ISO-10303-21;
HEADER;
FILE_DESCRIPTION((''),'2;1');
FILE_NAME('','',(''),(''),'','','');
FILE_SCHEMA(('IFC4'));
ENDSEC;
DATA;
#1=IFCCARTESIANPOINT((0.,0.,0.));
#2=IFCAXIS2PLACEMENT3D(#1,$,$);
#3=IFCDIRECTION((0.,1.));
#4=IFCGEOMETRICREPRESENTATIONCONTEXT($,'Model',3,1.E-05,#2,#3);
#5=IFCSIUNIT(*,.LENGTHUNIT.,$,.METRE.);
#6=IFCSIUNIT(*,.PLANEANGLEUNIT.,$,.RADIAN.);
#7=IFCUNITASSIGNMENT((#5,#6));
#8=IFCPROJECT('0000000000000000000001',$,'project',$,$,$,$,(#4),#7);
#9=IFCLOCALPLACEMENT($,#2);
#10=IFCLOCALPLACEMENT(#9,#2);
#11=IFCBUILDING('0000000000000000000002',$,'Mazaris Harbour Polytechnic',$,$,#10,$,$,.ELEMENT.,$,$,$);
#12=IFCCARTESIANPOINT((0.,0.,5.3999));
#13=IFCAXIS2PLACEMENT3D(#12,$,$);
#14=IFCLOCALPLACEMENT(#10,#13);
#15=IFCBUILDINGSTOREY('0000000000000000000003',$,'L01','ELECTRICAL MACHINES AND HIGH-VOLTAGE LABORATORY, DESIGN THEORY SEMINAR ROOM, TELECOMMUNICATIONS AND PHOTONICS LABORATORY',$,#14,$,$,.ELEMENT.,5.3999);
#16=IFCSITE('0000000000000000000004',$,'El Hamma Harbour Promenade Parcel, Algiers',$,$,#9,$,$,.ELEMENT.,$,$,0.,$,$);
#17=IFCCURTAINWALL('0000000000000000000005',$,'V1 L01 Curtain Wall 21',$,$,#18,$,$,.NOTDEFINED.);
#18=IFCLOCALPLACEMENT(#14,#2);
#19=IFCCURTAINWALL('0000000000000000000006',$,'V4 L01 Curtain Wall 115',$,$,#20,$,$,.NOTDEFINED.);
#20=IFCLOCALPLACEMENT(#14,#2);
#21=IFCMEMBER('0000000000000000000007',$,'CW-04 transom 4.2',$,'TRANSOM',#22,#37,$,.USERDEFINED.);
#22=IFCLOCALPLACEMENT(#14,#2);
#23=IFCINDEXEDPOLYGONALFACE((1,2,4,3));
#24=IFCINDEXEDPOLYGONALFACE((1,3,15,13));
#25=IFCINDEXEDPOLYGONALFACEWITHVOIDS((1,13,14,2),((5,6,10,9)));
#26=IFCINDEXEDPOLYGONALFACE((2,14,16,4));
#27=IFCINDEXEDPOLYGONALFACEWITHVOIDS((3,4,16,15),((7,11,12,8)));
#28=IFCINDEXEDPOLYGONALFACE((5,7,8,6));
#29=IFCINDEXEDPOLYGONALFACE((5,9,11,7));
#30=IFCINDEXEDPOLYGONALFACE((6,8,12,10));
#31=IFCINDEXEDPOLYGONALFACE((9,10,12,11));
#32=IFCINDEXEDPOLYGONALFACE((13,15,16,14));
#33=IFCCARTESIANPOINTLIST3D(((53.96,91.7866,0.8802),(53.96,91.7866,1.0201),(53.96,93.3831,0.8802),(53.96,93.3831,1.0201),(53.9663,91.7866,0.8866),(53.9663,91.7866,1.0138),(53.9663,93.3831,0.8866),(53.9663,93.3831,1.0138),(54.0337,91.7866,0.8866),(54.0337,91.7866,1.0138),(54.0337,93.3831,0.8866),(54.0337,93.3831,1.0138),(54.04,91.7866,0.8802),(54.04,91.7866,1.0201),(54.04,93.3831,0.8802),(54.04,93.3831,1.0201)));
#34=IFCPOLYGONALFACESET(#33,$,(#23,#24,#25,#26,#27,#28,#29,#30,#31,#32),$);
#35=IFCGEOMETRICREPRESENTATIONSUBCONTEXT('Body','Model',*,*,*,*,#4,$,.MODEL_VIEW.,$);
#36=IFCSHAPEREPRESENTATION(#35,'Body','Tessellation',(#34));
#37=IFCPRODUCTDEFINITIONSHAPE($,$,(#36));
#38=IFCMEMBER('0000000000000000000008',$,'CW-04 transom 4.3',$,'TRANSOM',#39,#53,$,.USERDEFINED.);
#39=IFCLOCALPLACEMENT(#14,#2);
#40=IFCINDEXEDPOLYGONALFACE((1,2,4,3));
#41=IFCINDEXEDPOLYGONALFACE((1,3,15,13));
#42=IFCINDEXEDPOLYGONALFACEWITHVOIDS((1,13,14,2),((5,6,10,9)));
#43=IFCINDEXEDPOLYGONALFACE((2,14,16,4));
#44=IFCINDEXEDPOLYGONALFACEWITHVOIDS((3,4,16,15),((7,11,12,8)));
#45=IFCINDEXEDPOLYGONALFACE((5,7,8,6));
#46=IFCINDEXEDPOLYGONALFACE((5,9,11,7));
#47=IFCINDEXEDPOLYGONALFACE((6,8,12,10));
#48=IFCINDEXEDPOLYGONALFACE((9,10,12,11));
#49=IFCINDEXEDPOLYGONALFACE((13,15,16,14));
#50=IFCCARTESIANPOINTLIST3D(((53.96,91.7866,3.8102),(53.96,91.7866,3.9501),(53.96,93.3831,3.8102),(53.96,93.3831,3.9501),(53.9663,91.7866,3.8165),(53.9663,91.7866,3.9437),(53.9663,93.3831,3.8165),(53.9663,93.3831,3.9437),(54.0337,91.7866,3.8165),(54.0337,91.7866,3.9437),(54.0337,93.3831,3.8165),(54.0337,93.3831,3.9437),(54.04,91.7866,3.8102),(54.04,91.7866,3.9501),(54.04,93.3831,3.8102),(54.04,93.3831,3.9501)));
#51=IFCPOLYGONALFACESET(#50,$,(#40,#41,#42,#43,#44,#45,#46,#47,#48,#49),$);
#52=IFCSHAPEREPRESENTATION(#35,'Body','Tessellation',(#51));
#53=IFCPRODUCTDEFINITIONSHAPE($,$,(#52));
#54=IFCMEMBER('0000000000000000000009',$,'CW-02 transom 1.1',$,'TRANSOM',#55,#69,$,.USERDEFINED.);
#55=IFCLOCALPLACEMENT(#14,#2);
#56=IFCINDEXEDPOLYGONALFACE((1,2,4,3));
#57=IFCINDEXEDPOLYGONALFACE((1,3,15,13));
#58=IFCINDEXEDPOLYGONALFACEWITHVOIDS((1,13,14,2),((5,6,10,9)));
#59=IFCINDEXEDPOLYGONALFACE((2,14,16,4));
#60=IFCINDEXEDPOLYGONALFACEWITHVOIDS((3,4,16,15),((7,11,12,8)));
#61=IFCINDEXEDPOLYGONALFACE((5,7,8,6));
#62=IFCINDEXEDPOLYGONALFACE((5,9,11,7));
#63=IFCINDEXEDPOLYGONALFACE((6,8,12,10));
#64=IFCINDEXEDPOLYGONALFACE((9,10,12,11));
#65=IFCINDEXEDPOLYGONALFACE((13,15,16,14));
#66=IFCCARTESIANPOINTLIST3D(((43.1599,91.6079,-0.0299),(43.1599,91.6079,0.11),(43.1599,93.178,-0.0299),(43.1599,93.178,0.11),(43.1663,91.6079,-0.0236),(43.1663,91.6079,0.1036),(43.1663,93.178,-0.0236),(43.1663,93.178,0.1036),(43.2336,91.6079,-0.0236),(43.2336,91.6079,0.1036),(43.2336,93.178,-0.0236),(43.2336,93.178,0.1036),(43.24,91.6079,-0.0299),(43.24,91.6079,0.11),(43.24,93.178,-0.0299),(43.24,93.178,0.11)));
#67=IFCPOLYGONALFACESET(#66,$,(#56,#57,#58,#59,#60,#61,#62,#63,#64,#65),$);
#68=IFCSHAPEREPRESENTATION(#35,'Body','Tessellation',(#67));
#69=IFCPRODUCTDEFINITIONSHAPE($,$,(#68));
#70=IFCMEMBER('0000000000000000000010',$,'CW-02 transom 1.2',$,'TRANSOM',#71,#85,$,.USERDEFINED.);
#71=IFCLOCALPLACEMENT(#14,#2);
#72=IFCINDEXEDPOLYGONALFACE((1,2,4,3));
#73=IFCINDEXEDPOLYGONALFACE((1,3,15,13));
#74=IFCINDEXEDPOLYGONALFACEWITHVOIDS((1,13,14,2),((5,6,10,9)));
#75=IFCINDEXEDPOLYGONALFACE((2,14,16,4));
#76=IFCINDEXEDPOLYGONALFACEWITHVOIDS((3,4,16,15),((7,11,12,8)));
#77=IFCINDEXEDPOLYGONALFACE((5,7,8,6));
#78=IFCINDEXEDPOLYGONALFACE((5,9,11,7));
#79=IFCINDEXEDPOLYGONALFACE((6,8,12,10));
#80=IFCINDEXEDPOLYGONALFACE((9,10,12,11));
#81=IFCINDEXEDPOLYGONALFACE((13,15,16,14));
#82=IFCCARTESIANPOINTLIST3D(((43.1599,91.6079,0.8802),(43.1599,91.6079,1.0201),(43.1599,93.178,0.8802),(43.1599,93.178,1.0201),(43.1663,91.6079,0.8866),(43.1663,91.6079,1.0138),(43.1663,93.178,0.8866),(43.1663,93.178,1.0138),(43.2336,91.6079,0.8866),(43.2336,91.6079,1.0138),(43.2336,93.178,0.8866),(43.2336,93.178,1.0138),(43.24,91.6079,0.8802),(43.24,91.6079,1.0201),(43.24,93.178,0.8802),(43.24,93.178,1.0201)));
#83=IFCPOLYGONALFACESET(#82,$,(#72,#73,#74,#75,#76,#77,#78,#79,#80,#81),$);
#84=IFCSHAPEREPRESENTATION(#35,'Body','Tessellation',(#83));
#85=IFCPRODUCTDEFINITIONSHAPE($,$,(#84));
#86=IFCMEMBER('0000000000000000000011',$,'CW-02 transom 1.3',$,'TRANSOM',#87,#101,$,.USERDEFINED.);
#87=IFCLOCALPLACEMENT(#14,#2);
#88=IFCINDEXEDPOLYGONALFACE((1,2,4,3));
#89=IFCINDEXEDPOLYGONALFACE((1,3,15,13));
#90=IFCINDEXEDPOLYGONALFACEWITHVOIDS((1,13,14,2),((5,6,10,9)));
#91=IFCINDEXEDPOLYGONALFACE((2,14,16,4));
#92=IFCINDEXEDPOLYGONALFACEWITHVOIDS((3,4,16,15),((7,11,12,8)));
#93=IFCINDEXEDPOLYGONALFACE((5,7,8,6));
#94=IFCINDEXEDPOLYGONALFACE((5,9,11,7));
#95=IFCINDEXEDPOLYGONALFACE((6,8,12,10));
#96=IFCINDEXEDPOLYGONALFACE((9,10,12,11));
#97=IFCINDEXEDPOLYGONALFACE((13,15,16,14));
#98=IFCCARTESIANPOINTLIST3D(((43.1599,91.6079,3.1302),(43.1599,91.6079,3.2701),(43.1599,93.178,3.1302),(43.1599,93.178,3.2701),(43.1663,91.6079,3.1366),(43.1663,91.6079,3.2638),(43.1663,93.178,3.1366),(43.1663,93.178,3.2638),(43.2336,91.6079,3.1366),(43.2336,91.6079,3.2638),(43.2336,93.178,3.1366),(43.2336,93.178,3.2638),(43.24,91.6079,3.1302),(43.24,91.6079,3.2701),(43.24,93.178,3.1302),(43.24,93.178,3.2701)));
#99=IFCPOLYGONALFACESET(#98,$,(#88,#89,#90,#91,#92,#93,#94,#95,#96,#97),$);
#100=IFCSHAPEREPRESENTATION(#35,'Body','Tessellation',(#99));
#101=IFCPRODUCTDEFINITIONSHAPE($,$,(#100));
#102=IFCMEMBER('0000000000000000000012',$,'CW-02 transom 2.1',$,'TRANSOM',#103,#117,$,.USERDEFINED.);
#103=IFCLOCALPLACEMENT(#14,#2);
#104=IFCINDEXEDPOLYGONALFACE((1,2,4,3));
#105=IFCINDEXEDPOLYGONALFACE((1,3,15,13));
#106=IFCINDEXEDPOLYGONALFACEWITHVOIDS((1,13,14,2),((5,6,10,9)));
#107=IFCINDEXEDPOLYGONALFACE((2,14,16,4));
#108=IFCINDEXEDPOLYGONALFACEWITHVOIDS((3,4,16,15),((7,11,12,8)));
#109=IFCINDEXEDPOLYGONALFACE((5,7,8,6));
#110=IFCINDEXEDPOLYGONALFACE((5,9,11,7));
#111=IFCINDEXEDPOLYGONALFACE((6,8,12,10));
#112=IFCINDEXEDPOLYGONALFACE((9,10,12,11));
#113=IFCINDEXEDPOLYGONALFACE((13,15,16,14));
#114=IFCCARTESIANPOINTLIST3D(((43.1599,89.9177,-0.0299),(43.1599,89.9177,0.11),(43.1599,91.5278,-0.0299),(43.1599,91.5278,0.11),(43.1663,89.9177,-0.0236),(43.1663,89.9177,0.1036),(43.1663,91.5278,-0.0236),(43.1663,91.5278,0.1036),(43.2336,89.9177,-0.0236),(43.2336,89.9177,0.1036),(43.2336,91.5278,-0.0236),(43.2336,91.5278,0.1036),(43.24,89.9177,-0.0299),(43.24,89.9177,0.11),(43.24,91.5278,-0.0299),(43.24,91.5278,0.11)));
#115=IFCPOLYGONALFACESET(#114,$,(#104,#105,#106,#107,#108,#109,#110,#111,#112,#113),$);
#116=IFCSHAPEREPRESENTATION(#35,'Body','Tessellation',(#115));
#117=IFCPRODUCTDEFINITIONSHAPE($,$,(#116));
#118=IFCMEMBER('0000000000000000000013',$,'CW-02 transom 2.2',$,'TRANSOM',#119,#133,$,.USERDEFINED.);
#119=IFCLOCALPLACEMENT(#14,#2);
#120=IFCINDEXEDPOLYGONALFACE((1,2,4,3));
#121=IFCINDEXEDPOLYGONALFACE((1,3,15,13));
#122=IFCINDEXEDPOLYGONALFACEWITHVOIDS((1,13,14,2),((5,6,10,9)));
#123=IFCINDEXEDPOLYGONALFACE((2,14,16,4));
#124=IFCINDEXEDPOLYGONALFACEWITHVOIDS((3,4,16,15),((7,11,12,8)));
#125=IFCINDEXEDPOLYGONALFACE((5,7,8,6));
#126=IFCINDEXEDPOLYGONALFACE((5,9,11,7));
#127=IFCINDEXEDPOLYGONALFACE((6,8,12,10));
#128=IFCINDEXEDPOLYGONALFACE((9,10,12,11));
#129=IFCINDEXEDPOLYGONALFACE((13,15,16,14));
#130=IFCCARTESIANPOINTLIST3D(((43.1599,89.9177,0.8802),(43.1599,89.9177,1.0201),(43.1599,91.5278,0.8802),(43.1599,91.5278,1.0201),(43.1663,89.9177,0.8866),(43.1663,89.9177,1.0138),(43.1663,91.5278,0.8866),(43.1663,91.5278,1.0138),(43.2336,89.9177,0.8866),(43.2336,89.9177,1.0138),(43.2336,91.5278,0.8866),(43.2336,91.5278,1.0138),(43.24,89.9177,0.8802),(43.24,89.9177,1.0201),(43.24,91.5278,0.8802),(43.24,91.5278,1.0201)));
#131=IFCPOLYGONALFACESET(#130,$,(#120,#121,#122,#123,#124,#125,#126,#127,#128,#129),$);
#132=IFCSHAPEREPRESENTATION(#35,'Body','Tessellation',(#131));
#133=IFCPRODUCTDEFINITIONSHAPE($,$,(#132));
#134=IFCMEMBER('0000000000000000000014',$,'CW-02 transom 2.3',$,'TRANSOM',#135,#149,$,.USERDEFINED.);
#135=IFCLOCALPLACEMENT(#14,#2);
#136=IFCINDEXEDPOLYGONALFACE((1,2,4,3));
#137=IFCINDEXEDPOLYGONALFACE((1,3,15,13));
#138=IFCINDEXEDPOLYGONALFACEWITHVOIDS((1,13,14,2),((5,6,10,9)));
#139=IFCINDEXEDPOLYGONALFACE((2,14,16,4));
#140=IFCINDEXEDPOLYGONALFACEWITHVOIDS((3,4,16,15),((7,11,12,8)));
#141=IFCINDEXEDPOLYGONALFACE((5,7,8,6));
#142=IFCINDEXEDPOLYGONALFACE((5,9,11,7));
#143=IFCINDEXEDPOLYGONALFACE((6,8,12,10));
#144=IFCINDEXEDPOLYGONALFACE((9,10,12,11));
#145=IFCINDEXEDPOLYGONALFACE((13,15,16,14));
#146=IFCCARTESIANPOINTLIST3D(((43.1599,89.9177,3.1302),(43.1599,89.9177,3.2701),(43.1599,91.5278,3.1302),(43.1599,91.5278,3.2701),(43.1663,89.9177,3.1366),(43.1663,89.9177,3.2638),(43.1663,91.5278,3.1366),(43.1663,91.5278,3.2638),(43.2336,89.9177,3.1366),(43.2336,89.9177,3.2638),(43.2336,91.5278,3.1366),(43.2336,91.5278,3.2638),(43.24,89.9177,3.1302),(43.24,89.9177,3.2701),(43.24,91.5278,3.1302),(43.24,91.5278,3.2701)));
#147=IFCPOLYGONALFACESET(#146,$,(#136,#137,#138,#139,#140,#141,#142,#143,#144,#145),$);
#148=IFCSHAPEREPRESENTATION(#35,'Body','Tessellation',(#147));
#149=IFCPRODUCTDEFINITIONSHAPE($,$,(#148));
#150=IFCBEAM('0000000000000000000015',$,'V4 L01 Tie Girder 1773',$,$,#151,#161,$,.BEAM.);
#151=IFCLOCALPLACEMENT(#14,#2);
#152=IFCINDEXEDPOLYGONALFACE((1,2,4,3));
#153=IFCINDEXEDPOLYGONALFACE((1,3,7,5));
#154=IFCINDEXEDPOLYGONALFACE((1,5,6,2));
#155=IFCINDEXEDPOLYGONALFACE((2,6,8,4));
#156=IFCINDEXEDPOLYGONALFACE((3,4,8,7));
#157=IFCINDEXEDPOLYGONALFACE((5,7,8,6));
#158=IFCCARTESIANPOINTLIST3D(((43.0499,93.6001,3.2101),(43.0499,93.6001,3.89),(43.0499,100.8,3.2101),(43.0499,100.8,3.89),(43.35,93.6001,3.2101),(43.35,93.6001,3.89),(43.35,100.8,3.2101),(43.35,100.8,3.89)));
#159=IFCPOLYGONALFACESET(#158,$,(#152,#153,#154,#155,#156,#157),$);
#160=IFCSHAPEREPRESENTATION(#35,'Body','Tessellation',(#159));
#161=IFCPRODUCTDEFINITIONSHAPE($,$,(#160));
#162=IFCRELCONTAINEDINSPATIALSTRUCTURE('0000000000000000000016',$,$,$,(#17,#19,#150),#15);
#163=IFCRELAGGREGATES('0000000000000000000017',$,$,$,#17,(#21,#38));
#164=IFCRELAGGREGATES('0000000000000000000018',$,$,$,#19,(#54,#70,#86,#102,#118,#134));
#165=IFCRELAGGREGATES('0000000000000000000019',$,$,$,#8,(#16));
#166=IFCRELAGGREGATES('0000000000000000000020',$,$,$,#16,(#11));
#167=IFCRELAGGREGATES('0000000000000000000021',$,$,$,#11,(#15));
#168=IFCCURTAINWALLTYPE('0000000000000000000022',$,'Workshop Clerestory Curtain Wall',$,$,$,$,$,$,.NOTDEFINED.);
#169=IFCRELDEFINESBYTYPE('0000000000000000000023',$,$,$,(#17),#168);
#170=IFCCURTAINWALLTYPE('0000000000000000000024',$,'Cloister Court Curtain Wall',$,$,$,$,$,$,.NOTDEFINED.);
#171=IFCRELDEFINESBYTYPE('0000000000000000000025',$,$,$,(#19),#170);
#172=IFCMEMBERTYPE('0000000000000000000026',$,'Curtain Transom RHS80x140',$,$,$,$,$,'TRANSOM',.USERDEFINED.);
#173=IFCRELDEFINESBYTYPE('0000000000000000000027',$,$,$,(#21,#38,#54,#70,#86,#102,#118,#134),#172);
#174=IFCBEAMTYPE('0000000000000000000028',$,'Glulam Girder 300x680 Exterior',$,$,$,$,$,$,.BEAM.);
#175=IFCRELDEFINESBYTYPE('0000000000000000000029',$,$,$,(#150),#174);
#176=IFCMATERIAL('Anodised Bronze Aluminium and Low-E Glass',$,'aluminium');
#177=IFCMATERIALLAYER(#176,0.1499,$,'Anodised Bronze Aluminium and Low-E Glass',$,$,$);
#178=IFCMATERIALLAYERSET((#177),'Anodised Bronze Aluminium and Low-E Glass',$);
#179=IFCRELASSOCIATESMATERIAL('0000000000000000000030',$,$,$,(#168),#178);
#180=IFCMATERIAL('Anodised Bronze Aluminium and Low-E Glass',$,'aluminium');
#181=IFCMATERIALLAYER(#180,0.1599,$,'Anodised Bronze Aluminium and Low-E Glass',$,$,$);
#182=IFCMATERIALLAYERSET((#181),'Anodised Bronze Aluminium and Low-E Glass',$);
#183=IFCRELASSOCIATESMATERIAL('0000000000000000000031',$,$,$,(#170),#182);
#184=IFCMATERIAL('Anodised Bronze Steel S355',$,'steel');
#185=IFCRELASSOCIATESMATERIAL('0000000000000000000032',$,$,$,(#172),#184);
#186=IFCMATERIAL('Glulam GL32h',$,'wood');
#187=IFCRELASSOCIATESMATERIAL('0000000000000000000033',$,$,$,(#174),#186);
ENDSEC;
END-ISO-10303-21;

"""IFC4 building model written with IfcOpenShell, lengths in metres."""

from ifc_helpers import new_model, si_unit, direction, frame, origin, origin_2d, place, context, subcontext, project, spatial, rectangle, hollow_rectangle, extrude, material, layer, layer_set, material_profile, profile_set, type_object, element, aggregate, save


model = new_model("IFC4")

# Units and contexts
model_context = context("Model", 3, precision=1e-05, world=origin(), true_north=direction((0.0, 1.0)))
body_context = subcontext(model_context, "Body", "Model", "MODEL_VIEW")
ifc_project = project(units=[si_unit("LENGTHUNIT", "METRE"), si_unit("PLANEANGLEUNIT", "RADIAN")], contexts=[model_context])

# Site, building, storey
site_placement = place(None, origin())
site = spatial("IfcSite", under=ifc_project, at=site_placement, Name="El Hamma Harbour Promenade Parcel, Algiers", CompositionType="ELEMENT", RefElevation=0.0)
building_placement = place(site_placement, origin())
building = spatial("IfcBuilding", under=site, at=building_placement, Name="Mazaris Harbour Polytechnic", CompositionType="ELEMENT")
storey_placement = place(building_placement, frame((0.0, 0.0, 5.3999)))
storey = spatial("IfcBuildingStorey", under=building, at=storey_placement, Name="L01", Description="ELECTRICAL MACHINES AND HIGH-VOLTAGE LABORATORY, DESIGN THEORY SEMINAR ROOM, TELECOMMUNICATIONS AND PHOTONICS LABORATORY", CompositionType="ELEMENT", Elevation=5.3999)

# Curtain walls
ifc_material_1 = material(Name="Anodised Bronze Aluminium and Low-E Glass", Category="aluminium")
ifc_layer_1 = layer(ifc_material_1, 0.1499, Name="Anodised Bronze Aluminium and Low-E Glass")
ifc_layer_set_1 = layer_set([ifc_layer_1], Name="Anodised Bronze Aluminium and Low-E Glass")
curtain_wall_type_1 = type_object("IfcCurtainWallType", Name="Workshop Clerestory Curtain Wall", PredefinedType="NOTDEFINED", material=ifc_layer_set_1)
curtain_wall_1_placement = place(storey_placement, origin())
curtain_wall_1 = element("IfcCurtainWall", 1, at=curtain_wall_1_placement, inside=storey, type_object=curtain_wall_type_1, Name="V1 L01 Curtain Wall 21", PredefinedType="NOTDEFINED")
ifc_material_2 = material(Name="Anodised Bronze Aluminium and Low-E Glass", Category="aluminium")
ifc_layer_2 = layer(ifc_material_2, 0.1599, Name="Anodised Bronze Aluminium and Low-E Glass")
ifc_layer_set_2 = layer_set([ifc_layer_2], Name="Anodised Bronze Aluminium and Low-E Glass")
curtain_wall_type_2 = type_object("IfcCurtainWallType", Name="Cloister Court Curtain Wall", PredefinedType="NOTDEFINED", material=ifc_layer_set_2)
curtain_wall_2_placement = place(storey_placement, origin())
curtain_wall_2 = element("IfcCurtainWall", 2, at=curtain_wall_2_placement, inside=storey, type_object=curtain_wall_type_2, Name="V4 L01 Curtain Wall 115", PredefinedType="NOTDEFINED")

# Members
ifc_material_3 = material(Name="Anodised Bronze Steel S355", Category="steel")
ifc_material_profile_1 = material_profile(ifc_material_3, hollow_rectangle(XDim=0.0801, YDim=0.1399, WallThickness=0.0063, at=origin_2d()), Name="RHS 80x140x6.3")
ifc_profile_set_1 = profile_set([ifc_material_profile_1], Name="Anodised Bronze Steel S355")
member_type_1 = type_object("IfcMemberType", Name="Curtain Transom RHS80x140", ElementType="TRANSOM", PredefinedType="USERDEFINED", material=ifc_profile_set_1)
member_1_placement = place(storey_placement, frame((54.0, 91.7866, 0.9502), z_axis=(0.0, 1.0, 0.0), x_axis=(-1.0, 0.0, 0.0)))
member_1 = element("IfcMember", 3, at=member_1_placement, type_object=member_type_1, Name="CW-04 transom 4.2", ObjectType="TRANSOM", PredefinedType="USERDEFINED", context=body_context, shape_type="SweptSolid", body=[
    extrude(hollow_rectangle(XDim=0.0801, YDim=0.1399, WallThickness=0.0063, at=origin_2d()), origin(), (0.0, 0.0, 1.0), 1.5964),
])
member_2_placement = place(storey_placement, frame((54.0, 91.7866, 3.8801), z_axis=(0.0, 1.0, 0.0), x_axis=(-1.0, 0.0, 0.0)))
member_2 = element("IfcMember", 4, at=member_2_placement, type_object=member_type_1, Name="CW-04 transom 4.3", ObjectType="TRANSOM", PredefinedType="USERDEFINED", context=body_context, shape_type="SweptSolid", body=[
    extrude(hollow_rectangle(XDim=0.0801, YDim=0.1399, WallThickness=0.0063, at=origin_2d()), origin(), (0.0, 0.0, 1.0), 1.5964),
])
member_3_placement = place(storey_placement, frame((43.2, 93.178, 0.04), z_axis=(0.0, -1.0, 0.0), x_axis=(1.0, 0.0, 0.0)))
member_3 = element("IfcMember", 5, at=member_3_placement, type_object=member_type_1, Name="CW-02 transom 1.1", ObjectType="TRANSOM", PredefinedType="USERDEFINED", context=body_context, shape_type="SweptSolid", body=[
    extrude(hollow_rectangle(XDim=0.0801, YDim=0.1399, WallThickness=0.0063, at=origin_2d()), origin(), (0.0, 0.0, 1.0), 1.5701),
])
member_4_placement = place(storey_placement, frame((43.2, 93.178, 0.9502), z_axis=(0.0, -1.0, 0.0), x_axis=(1.0, 0.0, 0.0)))
member_4 = element("IfcMember", 6, at=member_4_placement, type_object=member_type_1, Name="CW-02 transom 1.2", ObjectType="TRANSOM", PredefinedType="USERDEFINED", context=body_context, shape_type="SweptSolid", body=[
    extrude(hollow_rectangle(XDim=0.0801, YDim=0.1399, WallThickness=0.0063, at=origin_2d()), origin(), (0.0, 0.0, 1.0), 1.5701),
])
member_5_placement = place(storey_placement, frame((43.2, 93.178, 3.2002), z_axis=(0.0, -1.0, 0.0), x_axis=(1.0, 0.0, 0.0)))
member_5 = element("IfcMember", 7, at=member_5_placement, type_object=member_type_1, Name="CW-02 transom 1.3", ObjectType="TRANSOM", PredefinedType="USERDEFINED", context=body_context, shape_type="SweptSolid", body=[
    extrude(hollow_rectangle(XDim=0.0801, YDim=0.1399, WallThickness=0.0063, at=origin_2d()), origin(), (0.0, 0.0, 1.0), 1.5701),
])
member_6_placement = place(storey_placement, frame((43.2, 91.5278, 0.04), z_axis=(0.0, -1.0, 0.0), x_axis=(1.0, 0.0, 0.0)))
member_6 = element("IfcMember", 8, at=member_6_placement, type_object=member_type_1, Name="CW-02 transom 2.1", ObjectType="TRANSOM", PredefinedType="USERDEFINED", context=body_context, shape_type="SweptSolid", body=[
    extrude(hollow_rectangle(XDim=0.0801, YDim=0.1399, WallThickness=0.0063, at=origin_2d()), origin(), (0.0, 0.0, 1.0), 1.6101),
])
member_7_placement = place(storey_placement, frame((43.2, 91.5278, 0.9502), z_axis=(0.0, -1.0, 0.0), x_axis=(1.0, 0.0, 0.0)))
member_7 = element("IfcMember", 9, at=member_7_placement, type_object=member_type_1, Name="CW-02 transom 2.2", ObjectType="TRANSOM", PredefinedType="USERDEFINED", context=body_context, shape_type="SweptSolid", body=[
    extrude(hollow_rectangle(XDim=0.0801, YDim=0.1399, WallThickness=0.0063, at=origin_2d()), origin(), (0.0, 0.0, 1.0), 1.6101),
])
member_8_placement = place(storey_placement, frame((43.2, 91.5278, 3.2002), z_axis=(0.0, -1.0, 0.0), x_axis=(1.0, 0.0, 0.0)))
member_8 = element("IfcMember", 10, at=member_8_placement, type_object=member_type_1, Name="CW-02 transom 2.3", ObjectType="TRANSOM", PredefinedType="USERDEFINED", context=body_context, shape_type="SweptSolid", body=[
    extrude(hollow_rectangle(XDim=0.0801, YDim=0.1399, WallThickness=0.0063, at=origin_2d()), origin(), (0.0, 0.0, 1.0), 1.6101),
])

# Beam
ifc_material_4 = material(Name="Glulam GL32h", Category="wood")
ifc_material_profile_2 = material_profile(ifc_material_4, rectangle(XDim=0.3, YDim=0.6799, at=origin_2d()), Name="RECT300x680")
ifc_profile_set_2 = profile_set([ifc_material_profile_2], Name="Glulam GL32h")
beam_type_1 = type_object("IfcBeamType", Name="Glulam Girder 300x680 Exterior", PredefinedType="BEAM", material=ifc_profile_set_2)
beam_1_placement = place(storey_placement, frame((43.2, 93.6001, 3.55), z_axis=(0.0, 1.0, 0.0), x_axis=(-1.0, 0.0, 0.0)))
element("IfcBeam", 11, at=beam_1_placement, inside=storey, type_object=beam_type_1, Name="V4 L01 Tie Girder 1773", PredefinedType="BEAM", context=body_context, shape_type="SweptSolid", body=[
    extrude(rectangle(XDim=0.3, YDim=0.6799, at=origin_2d()), origin(), (0.0, 0.0, 1.0), 7.2),
])

aggregate(curtain_wall_1, [member_1, member_2])
aggregate(curtain_wall_2, [member_3, member_4, member_5, member_6, member_7, member_8])

save(model, "model.ifc")
